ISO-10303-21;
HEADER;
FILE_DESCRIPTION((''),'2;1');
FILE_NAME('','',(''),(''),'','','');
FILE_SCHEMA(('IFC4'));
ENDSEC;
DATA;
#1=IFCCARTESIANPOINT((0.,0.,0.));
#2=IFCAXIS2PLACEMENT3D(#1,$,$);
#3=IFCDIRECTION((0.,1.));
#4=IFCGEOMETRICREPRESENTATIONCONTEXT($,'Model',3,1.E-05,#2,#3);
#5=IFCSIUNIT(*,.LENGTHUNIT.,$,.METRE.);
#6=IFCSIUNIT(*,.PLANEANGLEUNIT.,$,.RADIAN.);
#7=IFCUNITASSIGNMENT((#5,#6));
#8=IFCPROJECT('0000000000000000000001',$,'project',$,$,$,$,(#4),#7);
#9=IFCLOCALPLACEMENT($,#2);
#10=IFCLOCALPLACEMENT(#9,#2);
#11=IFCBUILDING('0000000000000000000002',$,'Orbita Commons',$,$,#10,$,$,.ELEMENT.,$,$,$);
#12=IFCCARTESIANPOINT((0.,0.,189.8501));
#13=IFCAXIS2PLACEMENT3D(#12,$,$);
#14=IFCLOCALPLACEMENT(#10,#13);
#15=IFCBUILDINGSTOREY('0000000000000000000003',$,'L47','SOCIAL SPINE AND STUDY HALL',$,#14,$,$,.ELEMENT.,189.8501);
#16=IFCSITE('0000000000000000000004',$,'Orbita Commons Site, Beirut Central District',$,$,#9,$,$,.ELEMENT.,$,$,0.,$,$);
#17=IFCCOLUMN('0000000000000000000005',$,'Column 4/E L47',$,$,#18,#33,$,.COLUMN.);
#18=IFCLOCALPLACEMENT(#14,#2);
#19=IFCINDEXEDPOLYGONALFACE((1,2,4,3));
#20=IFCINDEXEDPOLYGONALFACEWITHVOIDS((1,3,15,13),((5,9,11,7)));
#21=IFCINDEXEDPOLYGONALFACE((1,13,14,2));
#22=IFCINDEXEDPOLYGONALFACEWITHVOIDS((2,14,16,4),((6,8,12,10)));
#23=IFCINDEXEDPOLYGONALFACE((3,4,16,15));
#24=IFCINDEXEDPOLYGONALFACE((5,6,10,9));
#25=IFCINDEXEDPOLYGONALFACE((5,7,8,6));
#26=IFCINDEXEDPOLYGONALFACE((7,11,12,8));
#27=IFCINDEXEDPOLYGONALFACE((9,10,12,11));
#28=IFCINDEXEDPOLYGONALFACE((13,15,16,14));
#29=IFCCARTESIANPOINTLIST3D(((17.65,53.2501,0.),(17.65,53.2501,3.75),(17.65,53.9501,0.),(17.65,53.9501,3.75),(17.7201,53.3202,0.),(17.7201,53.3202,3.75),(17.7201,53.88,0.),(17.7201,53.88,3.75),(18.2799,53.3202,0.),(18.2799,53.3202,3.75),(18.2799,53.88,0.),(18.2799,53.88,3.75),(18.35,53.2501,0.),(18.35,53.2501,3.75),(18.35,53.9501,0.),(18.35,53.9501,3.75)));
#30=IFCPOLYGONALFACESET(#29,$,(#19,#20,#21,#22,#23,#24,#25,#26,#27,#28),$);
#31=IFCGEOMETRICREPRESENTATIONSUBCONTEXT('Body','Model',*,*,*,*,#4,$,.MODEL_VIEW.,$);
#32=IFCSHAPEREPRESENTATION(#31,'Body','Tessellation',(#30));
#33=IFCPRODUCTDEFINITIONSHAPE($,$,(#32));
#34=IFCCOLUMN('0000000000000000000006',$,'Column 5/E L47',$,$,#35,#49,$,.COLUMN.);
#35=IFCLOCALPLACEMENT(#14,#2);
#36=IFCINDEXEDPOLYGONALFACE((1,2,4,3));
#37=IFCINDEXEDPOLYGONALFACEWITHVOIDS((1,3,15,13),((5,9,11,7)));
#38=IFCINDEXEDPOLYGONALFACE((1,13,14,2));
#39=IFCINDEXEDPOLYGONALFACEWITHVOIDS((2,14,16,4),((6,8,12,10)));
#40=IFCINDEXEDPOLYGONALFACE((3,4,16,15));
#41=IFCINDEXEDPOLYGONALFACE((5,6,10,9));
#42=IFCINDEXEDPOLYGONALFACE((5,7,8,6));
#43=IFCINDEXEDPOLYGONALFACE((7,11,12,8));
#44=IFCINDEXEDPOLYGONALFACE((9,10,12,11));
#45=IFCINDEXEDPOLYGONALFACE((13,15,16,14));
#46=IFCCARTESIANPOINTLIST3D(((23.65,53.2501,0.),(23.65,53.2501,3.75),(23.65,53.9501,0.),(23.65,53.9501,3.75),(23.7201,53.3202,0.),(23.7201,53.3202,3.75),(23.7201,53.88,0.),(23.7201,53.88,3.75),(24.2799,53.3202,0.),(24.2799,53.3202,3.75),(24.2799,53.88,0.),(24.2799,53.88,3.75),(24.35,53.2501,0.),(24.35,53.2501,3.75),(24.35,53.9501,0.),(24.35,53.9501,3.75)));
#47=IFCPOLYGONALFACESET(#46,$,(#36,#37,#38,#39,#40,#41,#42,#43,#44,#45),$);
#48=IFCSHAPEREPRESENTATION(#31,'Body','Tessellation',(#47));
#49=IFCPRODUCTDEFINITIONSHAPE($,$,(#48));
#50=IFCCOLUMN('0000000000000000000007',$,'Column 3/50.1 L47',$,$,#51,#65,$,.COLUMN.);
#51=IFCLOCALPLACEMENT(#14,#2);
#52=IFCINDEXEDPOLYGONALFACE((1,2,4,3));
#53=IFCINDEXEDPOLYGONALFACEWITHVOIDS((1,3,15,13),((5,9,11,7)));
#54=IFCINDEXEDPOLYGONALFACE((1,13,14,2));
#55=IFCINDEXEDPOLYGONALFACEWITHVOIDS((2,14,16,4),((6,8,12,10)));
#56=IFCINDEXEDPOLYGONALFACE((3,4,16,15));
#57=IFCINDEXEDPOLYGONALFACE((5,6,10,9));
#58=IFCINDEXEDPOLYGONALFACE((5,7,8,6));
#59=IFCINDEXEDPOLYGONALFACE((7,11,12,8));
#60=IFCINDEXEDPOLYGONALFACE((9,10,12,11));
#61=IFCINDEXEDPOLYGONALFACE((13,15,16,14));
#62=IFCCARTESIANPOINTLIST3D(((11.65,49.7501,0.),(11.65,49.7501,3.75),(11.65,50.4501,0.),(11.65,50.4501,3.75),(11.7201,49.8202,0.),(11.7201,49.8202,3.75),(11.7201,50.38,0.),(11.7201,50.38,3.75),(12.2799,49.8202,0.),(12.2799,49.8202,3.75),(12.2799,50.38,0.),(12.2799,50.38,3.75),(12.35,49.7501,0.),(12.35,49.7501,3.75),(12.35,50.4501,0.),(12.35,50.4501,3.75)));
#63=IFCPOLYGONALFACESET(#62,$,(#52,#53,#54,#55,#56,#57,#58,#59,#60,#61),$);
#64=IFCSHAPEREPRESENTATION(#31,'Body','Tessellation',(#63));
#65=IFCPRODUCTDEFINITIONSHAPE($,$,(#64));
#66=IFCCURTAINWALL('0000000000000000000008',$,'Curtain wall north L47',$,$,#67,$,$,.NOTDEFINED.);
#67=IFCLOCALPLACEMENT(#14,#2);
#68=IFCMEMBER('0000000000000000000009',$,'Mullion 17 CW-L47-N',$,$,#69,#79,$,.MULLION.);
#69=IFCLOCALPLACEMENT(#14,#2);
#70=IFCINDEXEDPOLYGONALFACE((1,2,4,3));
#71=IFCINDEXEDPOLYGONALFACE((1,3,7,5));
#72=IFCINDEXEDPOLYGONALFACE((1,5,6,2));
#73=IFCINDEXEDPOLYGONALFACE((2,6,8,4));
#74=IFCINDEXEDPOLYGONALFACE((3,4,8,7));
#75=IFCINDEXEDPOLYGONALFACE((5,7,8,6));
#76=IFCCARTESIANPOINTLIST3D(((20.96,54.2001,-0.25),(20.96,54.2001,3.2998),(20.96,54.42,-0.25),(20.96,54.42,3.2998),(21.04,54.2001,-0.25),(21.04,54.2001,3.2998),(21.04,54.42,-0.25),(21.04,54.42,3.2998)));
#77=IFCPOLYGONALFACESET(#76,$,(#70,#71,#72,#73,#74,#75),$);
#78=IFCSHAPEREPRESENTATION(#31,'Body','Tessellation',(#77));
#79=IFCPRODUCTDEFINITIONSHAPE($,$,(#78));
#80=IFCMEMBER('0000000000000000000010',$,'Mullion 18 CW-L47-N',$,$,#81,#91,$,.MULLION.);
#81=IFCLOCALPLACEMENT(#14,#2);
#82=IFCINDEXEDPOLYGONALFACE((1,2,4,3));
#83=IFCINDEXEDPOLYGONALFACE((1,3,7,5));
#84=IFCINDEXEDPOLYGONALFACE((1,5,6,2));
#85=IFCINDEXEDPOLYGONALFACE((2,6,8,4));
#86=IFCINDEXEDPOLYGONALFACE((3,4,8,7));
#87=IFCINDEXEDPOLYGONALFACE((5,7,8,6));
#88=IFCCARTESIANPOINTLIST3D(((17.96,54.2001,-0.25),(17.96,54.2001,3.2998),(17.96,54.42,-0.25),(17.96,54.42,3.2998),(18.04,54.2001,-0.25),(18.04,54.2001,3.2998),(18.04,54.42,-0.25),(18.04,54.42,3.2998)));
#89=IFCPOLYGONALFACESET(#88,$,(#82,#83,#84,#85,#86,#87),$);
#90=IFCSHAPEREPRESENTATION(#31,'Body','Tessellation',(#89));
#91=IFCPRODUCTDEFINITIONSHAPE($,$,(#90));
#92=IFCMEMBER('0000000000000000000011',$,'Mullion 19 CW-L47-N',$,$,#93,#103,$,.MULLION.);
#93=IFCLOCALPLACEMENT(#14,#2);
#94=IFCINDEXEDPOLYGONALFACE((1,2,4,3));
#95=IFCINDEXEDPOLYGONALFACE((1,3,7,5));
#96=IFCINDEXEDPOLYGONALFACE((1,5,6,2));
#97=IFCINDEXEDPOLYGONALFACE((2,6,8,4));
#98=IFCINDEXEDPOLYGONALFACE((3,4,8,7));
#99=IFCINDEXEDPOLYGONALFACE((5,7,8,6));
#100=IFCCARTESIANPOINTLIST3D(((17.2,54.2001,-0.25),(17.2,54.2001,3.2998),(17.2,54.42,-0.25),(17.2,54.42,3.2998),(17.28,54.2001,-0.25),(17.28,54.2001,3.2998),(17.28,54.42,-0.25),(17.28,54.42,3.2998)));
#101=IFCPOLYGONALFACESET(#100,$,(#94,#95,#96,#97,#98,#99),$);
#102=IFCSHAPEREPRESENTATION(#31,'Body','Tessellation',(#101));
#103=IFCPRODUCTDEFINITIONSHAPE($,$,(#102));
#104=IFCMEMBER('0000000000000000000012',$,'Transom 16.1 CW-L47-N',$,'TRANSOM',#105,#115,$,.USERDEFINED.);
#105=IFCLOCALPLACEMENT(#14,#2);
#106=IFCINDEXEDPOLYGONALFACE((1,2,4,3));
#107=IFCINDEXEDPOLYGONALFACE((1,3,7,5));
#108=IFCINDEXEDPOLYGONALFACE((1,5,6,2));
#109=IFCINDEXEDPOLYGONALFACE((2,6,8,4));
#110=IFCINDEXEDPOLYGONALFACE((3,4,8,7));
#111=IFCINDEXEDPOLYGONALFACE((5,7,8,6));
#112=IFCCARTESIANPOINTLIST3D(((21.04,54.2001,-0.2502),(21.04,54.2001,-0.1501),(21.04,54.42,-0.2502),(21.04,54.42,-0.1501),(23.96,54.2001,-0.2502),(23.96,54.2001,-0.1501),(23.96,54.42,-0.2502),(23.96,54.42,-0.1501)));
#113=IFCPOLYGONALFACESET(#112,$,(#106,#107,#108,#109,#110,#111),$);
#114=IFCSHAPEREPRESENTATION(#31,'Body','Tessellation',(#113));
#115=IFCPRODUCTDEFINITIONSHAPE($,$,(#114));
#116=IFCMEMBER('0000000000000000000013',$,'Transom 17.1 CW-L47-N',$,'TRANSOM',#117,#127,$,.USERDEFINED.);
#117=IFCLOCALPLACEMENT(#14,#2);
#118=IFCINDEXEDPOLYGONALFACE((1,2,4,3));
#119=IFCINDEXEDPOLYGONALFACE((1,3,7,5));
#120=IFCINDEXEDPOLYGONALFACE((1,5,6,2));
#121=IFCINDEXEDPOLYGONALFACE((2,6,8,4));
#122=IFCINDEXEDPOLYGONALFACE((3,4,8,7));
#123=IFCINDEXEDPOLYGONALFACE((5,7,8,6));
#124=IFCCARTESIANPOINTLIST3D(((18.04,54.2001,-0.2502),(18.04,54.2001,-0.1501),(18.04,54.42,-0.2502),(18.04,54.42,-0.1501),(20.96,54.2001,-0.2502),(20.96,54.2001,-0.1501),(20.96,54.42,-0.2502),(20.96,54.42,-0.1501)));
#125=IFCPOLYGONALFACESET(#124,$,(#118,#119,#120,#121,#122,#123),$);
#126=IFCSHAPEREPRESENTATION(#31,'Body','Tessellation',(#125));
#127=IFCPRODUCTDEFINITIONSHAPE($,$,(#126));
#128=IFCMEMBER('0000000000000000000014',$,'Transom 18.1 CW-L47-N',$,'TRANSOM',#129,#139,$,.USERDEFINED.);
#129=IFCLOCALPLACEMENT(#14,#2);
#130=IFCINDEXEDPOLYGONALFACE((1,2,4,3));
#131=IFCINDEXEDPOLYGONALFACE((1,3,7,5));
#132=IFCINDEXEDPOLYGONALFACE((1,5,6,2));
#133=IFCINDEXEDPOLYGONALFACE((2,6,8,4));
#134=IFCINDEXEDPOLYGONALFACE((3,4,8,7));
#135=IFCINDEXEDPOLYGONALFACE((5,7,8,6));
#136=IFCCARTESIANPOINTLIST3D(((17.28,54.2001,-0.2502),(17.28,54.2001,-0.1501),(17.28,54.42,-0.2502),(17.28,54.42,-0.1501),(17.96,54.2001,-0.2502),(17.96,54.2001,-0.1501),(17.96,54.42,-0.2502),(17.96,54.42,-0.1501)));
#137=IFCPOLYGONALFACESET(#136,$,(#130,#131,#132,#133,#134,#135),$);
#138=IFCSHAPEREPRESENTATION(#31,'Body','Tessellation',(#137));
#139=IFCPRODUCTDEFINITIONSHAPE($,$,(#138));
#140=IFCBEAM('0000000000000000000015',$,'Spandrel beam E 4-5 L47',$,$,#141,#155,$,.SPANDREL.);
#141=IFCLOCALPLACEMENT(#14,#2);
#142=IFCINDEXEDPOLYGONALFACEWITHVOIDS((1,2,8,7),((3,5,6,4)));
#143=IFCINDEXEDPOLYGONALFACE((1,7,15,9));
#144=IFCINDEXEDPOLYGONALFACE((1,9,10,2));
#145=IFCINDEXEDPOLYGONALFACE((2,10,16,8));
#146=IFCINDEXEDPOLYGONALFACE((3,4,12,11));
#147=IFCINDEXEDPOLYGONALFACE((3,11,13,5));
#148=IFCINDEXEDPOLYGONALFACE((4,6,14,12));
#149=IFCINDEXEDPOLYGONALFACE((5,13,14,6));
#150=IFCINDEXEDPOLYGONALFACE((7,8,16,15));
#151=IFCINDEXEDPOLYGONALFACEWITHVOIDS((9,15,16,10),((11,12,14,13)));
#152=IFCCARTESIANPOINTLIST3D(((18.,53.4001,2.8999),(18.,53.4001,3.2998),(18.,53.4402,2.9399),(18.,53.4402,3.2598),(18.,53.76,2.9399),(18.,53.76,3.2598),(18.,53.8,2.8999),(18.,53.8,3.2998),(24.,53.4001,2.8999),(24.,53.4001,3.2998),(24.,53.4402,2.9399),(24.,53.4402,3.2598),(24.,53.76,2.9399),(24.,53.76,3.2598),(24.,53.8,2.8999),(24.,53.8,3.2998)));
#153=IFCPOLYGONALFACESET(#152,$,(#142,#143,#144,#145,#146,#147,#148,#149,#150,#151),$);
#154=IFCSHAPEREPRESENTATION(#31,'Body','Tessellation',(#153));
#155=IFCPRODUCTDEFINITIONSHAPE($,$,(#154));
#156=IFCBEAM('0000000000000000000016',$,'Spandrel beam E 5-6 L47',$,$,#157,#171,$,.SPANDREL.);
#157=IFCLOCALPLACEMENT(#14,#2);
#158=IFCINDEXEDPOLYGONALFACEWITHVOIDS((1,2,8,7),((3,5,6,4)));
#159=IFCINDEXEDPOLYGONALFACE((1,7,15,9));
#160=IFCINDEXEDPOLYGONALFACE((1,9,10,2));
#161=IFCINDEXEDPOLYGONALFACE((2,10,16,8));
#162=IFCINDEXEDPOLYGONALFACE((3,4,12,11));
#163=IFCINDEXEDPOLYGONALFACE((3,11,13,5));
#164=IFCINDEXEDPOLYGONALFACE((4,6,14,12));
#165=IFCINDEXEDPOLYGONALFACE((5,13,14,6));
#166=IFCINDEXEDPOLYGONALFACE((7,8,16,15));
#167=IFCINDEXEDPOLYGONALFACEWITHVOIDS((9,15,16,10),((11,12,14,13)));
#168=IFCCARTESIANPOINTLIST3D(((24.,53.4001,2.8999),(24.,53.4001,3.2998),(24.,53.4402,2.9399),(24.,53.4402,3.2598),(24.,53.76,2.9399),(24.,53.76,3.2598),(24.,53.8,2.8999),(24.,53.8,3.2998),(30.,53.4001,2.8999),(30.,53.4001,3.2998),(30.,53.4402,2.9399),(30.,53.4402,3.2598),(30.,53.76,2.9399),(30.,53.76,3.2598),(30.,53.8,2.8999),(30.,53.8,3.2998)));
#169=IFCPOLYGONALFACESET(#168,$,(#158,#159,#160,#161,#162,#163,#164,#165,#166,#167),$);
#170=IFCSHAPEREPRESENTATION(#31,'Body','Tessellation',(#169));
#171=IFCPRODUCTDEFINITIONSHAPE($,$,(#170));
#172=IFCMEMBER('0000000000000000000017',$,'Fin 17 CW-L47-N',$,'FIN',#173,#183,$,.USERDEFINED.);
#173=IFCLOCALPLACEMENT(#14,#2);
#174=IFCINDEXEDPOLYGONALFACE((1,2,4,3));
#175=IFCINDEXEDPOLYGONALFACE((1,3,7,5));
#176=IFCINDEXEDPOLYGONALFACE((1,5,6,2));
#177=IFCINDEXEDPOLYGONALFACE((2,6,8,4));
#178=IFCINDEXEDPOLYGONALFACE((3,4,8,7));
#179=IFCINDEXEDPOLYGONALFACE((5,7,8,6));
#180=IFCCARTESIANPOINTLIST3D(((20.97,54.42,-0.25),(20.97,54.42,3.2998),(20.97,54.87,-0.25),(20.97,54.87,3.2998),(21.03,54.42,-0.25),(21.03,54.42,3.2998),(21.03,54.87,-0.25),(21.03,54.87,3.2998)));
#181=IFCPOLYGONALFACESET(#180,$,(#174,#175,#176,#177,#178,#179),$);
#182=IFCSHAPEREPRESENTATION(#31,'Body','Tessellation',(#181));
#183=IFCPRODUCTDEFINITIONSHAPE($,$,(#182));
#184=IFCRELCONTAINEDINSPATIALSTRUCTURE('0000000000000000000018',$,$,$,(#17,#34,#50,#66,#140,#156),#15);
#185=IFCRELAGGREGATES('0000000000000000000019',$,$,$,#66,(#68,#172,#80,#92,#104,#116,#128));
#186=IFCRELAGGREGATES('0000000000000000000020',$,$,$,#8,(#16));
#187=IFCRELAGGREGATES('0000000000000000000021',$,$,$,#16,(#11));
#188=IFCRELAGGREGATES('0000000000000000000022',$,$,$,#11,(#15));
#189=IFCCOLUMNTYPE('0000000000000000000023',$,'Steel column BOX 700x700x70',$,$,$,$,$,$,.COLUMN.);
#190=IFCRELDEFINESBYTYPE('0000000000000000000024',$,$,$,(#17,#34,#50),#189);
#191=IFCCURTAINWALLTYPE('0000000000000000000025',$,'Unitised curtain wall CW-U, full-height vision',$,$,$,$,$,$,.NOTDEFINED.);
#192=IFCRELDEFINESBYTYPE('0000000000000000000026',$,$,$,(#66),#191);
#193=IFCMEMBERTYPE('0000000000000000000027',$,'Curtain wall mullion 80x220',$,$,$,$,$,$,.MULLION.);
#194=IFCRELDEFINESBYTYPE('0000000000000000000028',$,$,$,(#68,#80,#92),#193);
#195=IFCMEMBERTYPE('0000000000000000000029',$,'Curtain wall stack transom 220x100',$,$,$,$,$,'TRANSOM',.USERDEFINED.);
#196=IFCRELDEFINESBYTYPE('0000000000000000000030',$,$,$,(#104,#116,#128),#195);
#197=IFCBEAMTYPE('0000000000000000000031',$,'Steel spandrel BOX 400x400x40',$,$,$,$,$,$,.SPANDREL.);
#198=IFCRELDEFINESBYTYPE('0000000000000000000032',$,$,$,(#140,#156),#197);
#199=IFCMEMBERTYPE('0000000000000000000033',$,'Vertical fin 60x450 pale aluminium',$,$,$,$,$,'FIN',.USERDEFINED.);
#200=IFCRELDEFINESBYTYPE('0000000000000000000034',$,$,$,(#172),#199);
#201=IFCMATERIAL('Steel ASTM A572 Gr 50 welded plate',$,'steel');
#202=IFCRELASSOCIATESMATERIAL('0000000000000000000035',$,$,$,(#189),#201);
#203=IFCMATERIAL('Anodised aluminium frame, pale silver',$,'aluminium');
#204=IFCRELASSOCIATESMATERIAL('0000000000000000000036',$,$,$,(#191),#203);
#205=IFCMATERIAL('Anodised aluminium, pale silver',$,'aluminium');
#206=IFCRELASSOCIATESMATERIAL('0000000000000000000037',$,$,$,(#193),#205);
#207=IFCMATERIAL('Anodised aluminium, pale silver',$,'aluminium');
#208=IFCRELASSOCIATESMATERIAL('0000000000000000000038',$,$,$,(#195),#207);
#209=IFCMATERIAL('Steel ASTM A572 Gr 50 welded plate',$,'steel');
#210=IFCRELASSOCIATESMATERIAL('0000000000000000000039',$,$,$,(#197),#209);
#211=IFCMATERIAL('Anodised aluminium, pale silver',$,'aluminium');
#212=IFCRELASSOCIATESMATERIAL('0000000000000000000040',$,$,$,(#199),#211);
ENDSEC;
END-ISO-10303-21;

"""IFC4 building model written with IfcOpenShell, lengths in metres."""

from ifc_helpers import new_model, si_unit, direction, frame, origin, origin_2d, place, context, subcontext, project, spatial, rectangle, hollow_rectangle, extrude, material, material_profile, profile_set, type_object, element, aggregate, save


model = new_model("IFC4")

# Units and contexts
model_context = context("Model", 3, precision=1e-05, world=origin(), true_north=direction((0.0, 1.0)))
body_context = subcontext(model_context, "Body", "Model", "MODEL_VIEW")
ifc_project = project(units=[si_unit("LENGTHUNIT", "METRE"), si_unit("PLANEANGLEUNIT", "RADIAN")], contexts=[model_context])

# Site, building, storey
site_placement = place(None, origin())
site = spatial("IfcSite", under=ifc_project, at=site_placement, Name="Orbita Commons Site, Beirut Central District", CompositionType="ELEMENT", RefElevation=0.0)
building_placement = place(site_placement, origin())
building = spatial("IfcBuilding", under=site, at=building_placement, Name="Orbita Commons", CompositionType="ELEMENT")
storey_placement = place(building_placement, frame((0.0, 0.0, 189.8501)))
storey = spatial("IfcBuildingStorey", under=building, at=storey_placement, Name="L47", Description="SOCIAL SPINE AND STUDY HALL", CompositionType="ELEMENT", Elevation=189.8501)

# Columns
ifc_material_1 = material(Name="Steel ASTM A572 Gr 50 welded plate", Category="steel")
ifc_material_profile_1 = material_profile(ifc_material_1, hollow_rectangle(XDim=0.7, YDim=0.7, WallThickness=0.0701, at=origin_2d()), Name="BOX 700x700x70")
ifc_profile_set_1 = profile_set([ifc_material_profile_1], Name="Steel ASTM A572 Gr 50 welded plate")
column_type = type_object("IfcColumnType", Name="Steel column BOX 700x700x70", PredefinedType="COLUMN", material=ifc_profile_set_1)
for number, where, z_axis, x_axis, name in (
    (1, (18.0, 53.6001, 0.0), (0.0, 0.0, 1.0), (1.0, 0.0, 0.0), "Column 4/E L47"),
    (2, (24.0, 53.6001, 0.0), (0.0, 0.0, 1.0), (1.0, 0.0, 0.0), "Column 5/E L47"),
    (3, (12.0, 50.1001, 0.0), (0.0, 0.0, 1.0), (1.0, 0.0, 0.0), "Column 3/50.1 L47"),
):
    element("IfcColumn", number, at=place(storey_placement, frame(where, z_axis=z_axis, x_axis=x_axis)), inside=storey, type_object=column_type, Name=name, PredefinedType="COLUMN", context=body_context, shape_type="SweptSolid", body=[
        extrude(hollow_rectangle(XDim=0.7, YDim=0.7, WallThickness=0.0701, at=origin_2d()), origin(), (0.0, 0.0, 1.0), 3.75),
    ])

# Curtain wall, members
ifc_material_2 = material(Name="Anodised aluminium frame, pale silver", Category="aluminium")
curtain_wall_type = type_object("IfcCurtainWallType", Name="Unitised curtain wall CW-U, full-height vision", PredefinedType="NOTDEFINED", material=ifc_material_2)
curtain_wall_placement = place(storey_placement, origin())
curtain_wall = element("IfcCurtainWall", 4, at=curtain_wall_placement, inside=storey, type_object=curtain_wall_type, Name="Curtain wall north L47", PredefinedType="NOTDEFINED")
ifc_material_3 = material(Name="Anodised aluminium, pale silver", Category="aluminium")
ifc_material_profile_2 = material_profile(ifc_material_3, rectangle(XDim=0.0801, YDim=0.22, at=origin_2d()), Name="AL 80x220")
ifc_profile_set_2 = profile_set([ifc_material_profile_2], Name="Anodised aluminium, pale silver")
member_type_1 = type_object("IfcMemberType", Name="Curtain wall mullion 80x220", PredefinedType="MULLION", material=ifc_profile_set_2)
member_1_placement = place(storey_placement, frame((21.0, 54.3101, -0.25), z_axis=(0.0, 0.0, 1.0), x_axis=(-1.0, 0.0, 0.0)))
member_1 = element("IfcMember", 5, at=member_1_placement, type_object=member_type_1, Name="Mullion 17 CW-L47-N", PredefinedType="MULLION", context=body_context, shape_type="SweptSolid", body=[
    extrude(rectangle(XDim=0.0801, YDim=0.22, at=origin_2d()), origin(), (0.0, 0.0, 1.0), 3.5498),
])
member_2_placement = place(storey_placement, frame((18.0, 54.3101, -0.25), z_axis=(0.0, 0.0, 1.0), x_axis=(-1.0, 0.0, 0.0)))
member_2 = element("IfcMember", 6, at=member_2_placement, type_object=member_type_1, Name="Mullion 18 CW-L47-N", PredefinedType="MULLION", context=body_context, shape_type="SweptSolid", body=[
    extrude(rectangle(XDim=0.0801, YDim=0.22, at=origin_2d()), origin(), (0.0, 0.0, 1.0), 3.5498),
])
member_3_placement = place(storey_placement, frame((17.24, 54.3101, -0.25), z_axis=(0.0, 0.0, 1.0), x_axis=(-1.0, 0.0, 0.0)))
member_3 = element("IfcMember", 7, at=member_3_placement, type_object=member_type_1, Name="Mullion 19 CW-L47-N", PredefinedType="MULLION", context=body_context, shape_type="SweptSolid", body=[
    extrude(rectangle(XDim=0.0801, YDim=0.22, at=origin_2d()), origin(), (0.0, 0.0, 1.0), 3.5498),
])
ifc_material_4 = material(Name="Anodised aluminium, pale silver", Category="aluminium")
ifc_material_profile_3 = material_profile(ifc_material_4, rectangle(XDim=0.22, YDim=0.1001, at=origin_2d()), Name="AL 220x100")
ifc_profile_set_3 = profile_set([ifc_material_profile_3], Name="Anodised aluminium, pale silver")
member_type_2 = type_object("IfcMemberType", Name="Curtain wall stack transom 220x100", ElementType="TRANSOM", PredefinedType="USERDEFINED", material=ifc_profile_set_3)
member_4_placement = place(storey_placement, frame((23.96, 54.3101, -0.2002), z_axis=(-1.0, 0.0, 0.0), x_axis=(0.0, -1.0, 0.0)))
member_4 = element("IfcMember", 8, at=member_4_placement, type_object=member_type_2, Name="Transom 16.1 CW-L47-N", ObjectType="TRANSOM", PredefinedType="USERDEFINED", context=body_context, shape_type="SweptSolid", body=[
    extrude(rectangle(XDim=0.22, YDim=0.1001, at=origin_2d()), origin(), (0.0, 0.0, 1.0), 2.9199),
])
member_5_placement = place(storey_placement, frame((20.96, 54.3101, -0.2002), z_axis=(-1.0, 0.0, 0.0), x_axis=(0.0, -1.0, 0.0)))
member_5 = element("IfcMember", 9, at=member_5_placement, type_object=member_type_2, Name="Transom 17.1 CW-L47-N", ObjectType="TRANSOM", PredefinedType="USERDEFINED", context=body_context, shape_type="SweptSolid", body=[
    extrude(rectangle(XDim=0.22, YDim=0.1001, at=origin_2d()), origin(), (0.0, 0.0, 1.0), 2.9199),
])
member_6_placement = place(storey_placement, frame((17.96, 54.3101, -0.2002), z_axis=(-1.0, 0.0, 0.0), x_axis=(0.0, -1.0, 0.0)))
member_6 = element("IfcMember", 10, at=member_6_placement, type_object=member_type_2, Name="Transom 18.1 CW-L47-N", ObjectType="TRANSOM", PredefinedType="USERDEFINED", context=body_context, shape_type="SweptSolid", body=[
    extrude(rectangle(XDim=0.22, YDim=0.1001, at=origin_2d()), origin(), (0.0, 0.0, 1.0), 0.6799),
])

# Beams
ifc_material_5 = material(Name="Steel ASTM A572 Gr 50 welded plate", Category="steel")
ifc_material_profile_4 = material_profile(ifc_material_5, hollow_rectangle(XDim=0.3999, YDim=0.3999, WallThickness=0.04, at=origin_2d()), Name="BOX 400x400x40")
ifc_profile_set_4 = profile_set([ifc_material_profile_4], Name="Steel ASTM A572 Gr 50 welded plate")
beam_type = type_object("IfcBeamType", Name="Steel spandrel BOX 400x400x40", PredefinedType="SPANDREL", material=ifc_profile_set_4)
for number, where, z_axis, x_axis, name in (
    (11, (18.0, 53.6001, 3.0999), (1.0, 0.0, 0.0), (0.0, 1.0, 0.0), "Spandrel beam E 4-5 L47"),
    (12, (24.0, 53.6001, 3.0999), (1.0, 0.0, 0.0), (0.0, 1.0, 0.0), "Spandrel beam E 5-6 L47"),
):
    element("IfcBeam", number, at=place(storey_placement, frame(where, z_axis=z_axis, x_axis=x_axis)), inside=storey, type_object=beam_type, Name=name, PredefinedType="SPANDREL", context=body_context, shape_type="SweptSolid", body=[
        extrude(hollow_rectangle(XDim=0.3999, YDim=0.3999, WallThickness=0.04, at=origin_2d()), origin(), (0.0, 0.0, 1.0), 6.0),
    ])

# Member
ifc_material_6 = material(Name="Anodised aluminium, pale silver", Category="aluminium")
ifc_material_profile_5 = material_profile(ifc_material_6, rectangle(XDim=0.0601, YDim=0.45, at=origin_2d()), Name="FIN 60x450")
ifc_profile_set_5 = profile_set([ifc_material_profile_5], Name="Anodised aluminium, pale silver")
member_type_3 = type_object("IfcMemberType", Name="Vertical fin 60x450 pale aluminium", ElementType="FIN", PredefinedType="USERDEFINED", material=ifc_profile_set_5)
member_7_placement = place(storey_placement, frame((21.0, 54.645, -0.25), z_axis=(0.0, 0.0, 1.0), x_axis=(-1.0, 0.0, 0.0)))
member_7 = element("IfcMember", 13, at=member_7_placement, type_object=member_type_3, Name="Fin 17 CW-L47-N", ObjectType="FIN", PredefinedType="USERDEFINED", context=body_context, shape_type="SweptSolid", body=[
    extrude(rectangle(XDim=0.0601, YDim=0.45, at=origin_2d()), origin(), (0.0, 0.0, 1.0), 3.5498),
])

aggregate(curtain_wall, [member_1, member_7, member_2, member_3, member_4, member_5, member_6])

save(model, "model.ifc")
